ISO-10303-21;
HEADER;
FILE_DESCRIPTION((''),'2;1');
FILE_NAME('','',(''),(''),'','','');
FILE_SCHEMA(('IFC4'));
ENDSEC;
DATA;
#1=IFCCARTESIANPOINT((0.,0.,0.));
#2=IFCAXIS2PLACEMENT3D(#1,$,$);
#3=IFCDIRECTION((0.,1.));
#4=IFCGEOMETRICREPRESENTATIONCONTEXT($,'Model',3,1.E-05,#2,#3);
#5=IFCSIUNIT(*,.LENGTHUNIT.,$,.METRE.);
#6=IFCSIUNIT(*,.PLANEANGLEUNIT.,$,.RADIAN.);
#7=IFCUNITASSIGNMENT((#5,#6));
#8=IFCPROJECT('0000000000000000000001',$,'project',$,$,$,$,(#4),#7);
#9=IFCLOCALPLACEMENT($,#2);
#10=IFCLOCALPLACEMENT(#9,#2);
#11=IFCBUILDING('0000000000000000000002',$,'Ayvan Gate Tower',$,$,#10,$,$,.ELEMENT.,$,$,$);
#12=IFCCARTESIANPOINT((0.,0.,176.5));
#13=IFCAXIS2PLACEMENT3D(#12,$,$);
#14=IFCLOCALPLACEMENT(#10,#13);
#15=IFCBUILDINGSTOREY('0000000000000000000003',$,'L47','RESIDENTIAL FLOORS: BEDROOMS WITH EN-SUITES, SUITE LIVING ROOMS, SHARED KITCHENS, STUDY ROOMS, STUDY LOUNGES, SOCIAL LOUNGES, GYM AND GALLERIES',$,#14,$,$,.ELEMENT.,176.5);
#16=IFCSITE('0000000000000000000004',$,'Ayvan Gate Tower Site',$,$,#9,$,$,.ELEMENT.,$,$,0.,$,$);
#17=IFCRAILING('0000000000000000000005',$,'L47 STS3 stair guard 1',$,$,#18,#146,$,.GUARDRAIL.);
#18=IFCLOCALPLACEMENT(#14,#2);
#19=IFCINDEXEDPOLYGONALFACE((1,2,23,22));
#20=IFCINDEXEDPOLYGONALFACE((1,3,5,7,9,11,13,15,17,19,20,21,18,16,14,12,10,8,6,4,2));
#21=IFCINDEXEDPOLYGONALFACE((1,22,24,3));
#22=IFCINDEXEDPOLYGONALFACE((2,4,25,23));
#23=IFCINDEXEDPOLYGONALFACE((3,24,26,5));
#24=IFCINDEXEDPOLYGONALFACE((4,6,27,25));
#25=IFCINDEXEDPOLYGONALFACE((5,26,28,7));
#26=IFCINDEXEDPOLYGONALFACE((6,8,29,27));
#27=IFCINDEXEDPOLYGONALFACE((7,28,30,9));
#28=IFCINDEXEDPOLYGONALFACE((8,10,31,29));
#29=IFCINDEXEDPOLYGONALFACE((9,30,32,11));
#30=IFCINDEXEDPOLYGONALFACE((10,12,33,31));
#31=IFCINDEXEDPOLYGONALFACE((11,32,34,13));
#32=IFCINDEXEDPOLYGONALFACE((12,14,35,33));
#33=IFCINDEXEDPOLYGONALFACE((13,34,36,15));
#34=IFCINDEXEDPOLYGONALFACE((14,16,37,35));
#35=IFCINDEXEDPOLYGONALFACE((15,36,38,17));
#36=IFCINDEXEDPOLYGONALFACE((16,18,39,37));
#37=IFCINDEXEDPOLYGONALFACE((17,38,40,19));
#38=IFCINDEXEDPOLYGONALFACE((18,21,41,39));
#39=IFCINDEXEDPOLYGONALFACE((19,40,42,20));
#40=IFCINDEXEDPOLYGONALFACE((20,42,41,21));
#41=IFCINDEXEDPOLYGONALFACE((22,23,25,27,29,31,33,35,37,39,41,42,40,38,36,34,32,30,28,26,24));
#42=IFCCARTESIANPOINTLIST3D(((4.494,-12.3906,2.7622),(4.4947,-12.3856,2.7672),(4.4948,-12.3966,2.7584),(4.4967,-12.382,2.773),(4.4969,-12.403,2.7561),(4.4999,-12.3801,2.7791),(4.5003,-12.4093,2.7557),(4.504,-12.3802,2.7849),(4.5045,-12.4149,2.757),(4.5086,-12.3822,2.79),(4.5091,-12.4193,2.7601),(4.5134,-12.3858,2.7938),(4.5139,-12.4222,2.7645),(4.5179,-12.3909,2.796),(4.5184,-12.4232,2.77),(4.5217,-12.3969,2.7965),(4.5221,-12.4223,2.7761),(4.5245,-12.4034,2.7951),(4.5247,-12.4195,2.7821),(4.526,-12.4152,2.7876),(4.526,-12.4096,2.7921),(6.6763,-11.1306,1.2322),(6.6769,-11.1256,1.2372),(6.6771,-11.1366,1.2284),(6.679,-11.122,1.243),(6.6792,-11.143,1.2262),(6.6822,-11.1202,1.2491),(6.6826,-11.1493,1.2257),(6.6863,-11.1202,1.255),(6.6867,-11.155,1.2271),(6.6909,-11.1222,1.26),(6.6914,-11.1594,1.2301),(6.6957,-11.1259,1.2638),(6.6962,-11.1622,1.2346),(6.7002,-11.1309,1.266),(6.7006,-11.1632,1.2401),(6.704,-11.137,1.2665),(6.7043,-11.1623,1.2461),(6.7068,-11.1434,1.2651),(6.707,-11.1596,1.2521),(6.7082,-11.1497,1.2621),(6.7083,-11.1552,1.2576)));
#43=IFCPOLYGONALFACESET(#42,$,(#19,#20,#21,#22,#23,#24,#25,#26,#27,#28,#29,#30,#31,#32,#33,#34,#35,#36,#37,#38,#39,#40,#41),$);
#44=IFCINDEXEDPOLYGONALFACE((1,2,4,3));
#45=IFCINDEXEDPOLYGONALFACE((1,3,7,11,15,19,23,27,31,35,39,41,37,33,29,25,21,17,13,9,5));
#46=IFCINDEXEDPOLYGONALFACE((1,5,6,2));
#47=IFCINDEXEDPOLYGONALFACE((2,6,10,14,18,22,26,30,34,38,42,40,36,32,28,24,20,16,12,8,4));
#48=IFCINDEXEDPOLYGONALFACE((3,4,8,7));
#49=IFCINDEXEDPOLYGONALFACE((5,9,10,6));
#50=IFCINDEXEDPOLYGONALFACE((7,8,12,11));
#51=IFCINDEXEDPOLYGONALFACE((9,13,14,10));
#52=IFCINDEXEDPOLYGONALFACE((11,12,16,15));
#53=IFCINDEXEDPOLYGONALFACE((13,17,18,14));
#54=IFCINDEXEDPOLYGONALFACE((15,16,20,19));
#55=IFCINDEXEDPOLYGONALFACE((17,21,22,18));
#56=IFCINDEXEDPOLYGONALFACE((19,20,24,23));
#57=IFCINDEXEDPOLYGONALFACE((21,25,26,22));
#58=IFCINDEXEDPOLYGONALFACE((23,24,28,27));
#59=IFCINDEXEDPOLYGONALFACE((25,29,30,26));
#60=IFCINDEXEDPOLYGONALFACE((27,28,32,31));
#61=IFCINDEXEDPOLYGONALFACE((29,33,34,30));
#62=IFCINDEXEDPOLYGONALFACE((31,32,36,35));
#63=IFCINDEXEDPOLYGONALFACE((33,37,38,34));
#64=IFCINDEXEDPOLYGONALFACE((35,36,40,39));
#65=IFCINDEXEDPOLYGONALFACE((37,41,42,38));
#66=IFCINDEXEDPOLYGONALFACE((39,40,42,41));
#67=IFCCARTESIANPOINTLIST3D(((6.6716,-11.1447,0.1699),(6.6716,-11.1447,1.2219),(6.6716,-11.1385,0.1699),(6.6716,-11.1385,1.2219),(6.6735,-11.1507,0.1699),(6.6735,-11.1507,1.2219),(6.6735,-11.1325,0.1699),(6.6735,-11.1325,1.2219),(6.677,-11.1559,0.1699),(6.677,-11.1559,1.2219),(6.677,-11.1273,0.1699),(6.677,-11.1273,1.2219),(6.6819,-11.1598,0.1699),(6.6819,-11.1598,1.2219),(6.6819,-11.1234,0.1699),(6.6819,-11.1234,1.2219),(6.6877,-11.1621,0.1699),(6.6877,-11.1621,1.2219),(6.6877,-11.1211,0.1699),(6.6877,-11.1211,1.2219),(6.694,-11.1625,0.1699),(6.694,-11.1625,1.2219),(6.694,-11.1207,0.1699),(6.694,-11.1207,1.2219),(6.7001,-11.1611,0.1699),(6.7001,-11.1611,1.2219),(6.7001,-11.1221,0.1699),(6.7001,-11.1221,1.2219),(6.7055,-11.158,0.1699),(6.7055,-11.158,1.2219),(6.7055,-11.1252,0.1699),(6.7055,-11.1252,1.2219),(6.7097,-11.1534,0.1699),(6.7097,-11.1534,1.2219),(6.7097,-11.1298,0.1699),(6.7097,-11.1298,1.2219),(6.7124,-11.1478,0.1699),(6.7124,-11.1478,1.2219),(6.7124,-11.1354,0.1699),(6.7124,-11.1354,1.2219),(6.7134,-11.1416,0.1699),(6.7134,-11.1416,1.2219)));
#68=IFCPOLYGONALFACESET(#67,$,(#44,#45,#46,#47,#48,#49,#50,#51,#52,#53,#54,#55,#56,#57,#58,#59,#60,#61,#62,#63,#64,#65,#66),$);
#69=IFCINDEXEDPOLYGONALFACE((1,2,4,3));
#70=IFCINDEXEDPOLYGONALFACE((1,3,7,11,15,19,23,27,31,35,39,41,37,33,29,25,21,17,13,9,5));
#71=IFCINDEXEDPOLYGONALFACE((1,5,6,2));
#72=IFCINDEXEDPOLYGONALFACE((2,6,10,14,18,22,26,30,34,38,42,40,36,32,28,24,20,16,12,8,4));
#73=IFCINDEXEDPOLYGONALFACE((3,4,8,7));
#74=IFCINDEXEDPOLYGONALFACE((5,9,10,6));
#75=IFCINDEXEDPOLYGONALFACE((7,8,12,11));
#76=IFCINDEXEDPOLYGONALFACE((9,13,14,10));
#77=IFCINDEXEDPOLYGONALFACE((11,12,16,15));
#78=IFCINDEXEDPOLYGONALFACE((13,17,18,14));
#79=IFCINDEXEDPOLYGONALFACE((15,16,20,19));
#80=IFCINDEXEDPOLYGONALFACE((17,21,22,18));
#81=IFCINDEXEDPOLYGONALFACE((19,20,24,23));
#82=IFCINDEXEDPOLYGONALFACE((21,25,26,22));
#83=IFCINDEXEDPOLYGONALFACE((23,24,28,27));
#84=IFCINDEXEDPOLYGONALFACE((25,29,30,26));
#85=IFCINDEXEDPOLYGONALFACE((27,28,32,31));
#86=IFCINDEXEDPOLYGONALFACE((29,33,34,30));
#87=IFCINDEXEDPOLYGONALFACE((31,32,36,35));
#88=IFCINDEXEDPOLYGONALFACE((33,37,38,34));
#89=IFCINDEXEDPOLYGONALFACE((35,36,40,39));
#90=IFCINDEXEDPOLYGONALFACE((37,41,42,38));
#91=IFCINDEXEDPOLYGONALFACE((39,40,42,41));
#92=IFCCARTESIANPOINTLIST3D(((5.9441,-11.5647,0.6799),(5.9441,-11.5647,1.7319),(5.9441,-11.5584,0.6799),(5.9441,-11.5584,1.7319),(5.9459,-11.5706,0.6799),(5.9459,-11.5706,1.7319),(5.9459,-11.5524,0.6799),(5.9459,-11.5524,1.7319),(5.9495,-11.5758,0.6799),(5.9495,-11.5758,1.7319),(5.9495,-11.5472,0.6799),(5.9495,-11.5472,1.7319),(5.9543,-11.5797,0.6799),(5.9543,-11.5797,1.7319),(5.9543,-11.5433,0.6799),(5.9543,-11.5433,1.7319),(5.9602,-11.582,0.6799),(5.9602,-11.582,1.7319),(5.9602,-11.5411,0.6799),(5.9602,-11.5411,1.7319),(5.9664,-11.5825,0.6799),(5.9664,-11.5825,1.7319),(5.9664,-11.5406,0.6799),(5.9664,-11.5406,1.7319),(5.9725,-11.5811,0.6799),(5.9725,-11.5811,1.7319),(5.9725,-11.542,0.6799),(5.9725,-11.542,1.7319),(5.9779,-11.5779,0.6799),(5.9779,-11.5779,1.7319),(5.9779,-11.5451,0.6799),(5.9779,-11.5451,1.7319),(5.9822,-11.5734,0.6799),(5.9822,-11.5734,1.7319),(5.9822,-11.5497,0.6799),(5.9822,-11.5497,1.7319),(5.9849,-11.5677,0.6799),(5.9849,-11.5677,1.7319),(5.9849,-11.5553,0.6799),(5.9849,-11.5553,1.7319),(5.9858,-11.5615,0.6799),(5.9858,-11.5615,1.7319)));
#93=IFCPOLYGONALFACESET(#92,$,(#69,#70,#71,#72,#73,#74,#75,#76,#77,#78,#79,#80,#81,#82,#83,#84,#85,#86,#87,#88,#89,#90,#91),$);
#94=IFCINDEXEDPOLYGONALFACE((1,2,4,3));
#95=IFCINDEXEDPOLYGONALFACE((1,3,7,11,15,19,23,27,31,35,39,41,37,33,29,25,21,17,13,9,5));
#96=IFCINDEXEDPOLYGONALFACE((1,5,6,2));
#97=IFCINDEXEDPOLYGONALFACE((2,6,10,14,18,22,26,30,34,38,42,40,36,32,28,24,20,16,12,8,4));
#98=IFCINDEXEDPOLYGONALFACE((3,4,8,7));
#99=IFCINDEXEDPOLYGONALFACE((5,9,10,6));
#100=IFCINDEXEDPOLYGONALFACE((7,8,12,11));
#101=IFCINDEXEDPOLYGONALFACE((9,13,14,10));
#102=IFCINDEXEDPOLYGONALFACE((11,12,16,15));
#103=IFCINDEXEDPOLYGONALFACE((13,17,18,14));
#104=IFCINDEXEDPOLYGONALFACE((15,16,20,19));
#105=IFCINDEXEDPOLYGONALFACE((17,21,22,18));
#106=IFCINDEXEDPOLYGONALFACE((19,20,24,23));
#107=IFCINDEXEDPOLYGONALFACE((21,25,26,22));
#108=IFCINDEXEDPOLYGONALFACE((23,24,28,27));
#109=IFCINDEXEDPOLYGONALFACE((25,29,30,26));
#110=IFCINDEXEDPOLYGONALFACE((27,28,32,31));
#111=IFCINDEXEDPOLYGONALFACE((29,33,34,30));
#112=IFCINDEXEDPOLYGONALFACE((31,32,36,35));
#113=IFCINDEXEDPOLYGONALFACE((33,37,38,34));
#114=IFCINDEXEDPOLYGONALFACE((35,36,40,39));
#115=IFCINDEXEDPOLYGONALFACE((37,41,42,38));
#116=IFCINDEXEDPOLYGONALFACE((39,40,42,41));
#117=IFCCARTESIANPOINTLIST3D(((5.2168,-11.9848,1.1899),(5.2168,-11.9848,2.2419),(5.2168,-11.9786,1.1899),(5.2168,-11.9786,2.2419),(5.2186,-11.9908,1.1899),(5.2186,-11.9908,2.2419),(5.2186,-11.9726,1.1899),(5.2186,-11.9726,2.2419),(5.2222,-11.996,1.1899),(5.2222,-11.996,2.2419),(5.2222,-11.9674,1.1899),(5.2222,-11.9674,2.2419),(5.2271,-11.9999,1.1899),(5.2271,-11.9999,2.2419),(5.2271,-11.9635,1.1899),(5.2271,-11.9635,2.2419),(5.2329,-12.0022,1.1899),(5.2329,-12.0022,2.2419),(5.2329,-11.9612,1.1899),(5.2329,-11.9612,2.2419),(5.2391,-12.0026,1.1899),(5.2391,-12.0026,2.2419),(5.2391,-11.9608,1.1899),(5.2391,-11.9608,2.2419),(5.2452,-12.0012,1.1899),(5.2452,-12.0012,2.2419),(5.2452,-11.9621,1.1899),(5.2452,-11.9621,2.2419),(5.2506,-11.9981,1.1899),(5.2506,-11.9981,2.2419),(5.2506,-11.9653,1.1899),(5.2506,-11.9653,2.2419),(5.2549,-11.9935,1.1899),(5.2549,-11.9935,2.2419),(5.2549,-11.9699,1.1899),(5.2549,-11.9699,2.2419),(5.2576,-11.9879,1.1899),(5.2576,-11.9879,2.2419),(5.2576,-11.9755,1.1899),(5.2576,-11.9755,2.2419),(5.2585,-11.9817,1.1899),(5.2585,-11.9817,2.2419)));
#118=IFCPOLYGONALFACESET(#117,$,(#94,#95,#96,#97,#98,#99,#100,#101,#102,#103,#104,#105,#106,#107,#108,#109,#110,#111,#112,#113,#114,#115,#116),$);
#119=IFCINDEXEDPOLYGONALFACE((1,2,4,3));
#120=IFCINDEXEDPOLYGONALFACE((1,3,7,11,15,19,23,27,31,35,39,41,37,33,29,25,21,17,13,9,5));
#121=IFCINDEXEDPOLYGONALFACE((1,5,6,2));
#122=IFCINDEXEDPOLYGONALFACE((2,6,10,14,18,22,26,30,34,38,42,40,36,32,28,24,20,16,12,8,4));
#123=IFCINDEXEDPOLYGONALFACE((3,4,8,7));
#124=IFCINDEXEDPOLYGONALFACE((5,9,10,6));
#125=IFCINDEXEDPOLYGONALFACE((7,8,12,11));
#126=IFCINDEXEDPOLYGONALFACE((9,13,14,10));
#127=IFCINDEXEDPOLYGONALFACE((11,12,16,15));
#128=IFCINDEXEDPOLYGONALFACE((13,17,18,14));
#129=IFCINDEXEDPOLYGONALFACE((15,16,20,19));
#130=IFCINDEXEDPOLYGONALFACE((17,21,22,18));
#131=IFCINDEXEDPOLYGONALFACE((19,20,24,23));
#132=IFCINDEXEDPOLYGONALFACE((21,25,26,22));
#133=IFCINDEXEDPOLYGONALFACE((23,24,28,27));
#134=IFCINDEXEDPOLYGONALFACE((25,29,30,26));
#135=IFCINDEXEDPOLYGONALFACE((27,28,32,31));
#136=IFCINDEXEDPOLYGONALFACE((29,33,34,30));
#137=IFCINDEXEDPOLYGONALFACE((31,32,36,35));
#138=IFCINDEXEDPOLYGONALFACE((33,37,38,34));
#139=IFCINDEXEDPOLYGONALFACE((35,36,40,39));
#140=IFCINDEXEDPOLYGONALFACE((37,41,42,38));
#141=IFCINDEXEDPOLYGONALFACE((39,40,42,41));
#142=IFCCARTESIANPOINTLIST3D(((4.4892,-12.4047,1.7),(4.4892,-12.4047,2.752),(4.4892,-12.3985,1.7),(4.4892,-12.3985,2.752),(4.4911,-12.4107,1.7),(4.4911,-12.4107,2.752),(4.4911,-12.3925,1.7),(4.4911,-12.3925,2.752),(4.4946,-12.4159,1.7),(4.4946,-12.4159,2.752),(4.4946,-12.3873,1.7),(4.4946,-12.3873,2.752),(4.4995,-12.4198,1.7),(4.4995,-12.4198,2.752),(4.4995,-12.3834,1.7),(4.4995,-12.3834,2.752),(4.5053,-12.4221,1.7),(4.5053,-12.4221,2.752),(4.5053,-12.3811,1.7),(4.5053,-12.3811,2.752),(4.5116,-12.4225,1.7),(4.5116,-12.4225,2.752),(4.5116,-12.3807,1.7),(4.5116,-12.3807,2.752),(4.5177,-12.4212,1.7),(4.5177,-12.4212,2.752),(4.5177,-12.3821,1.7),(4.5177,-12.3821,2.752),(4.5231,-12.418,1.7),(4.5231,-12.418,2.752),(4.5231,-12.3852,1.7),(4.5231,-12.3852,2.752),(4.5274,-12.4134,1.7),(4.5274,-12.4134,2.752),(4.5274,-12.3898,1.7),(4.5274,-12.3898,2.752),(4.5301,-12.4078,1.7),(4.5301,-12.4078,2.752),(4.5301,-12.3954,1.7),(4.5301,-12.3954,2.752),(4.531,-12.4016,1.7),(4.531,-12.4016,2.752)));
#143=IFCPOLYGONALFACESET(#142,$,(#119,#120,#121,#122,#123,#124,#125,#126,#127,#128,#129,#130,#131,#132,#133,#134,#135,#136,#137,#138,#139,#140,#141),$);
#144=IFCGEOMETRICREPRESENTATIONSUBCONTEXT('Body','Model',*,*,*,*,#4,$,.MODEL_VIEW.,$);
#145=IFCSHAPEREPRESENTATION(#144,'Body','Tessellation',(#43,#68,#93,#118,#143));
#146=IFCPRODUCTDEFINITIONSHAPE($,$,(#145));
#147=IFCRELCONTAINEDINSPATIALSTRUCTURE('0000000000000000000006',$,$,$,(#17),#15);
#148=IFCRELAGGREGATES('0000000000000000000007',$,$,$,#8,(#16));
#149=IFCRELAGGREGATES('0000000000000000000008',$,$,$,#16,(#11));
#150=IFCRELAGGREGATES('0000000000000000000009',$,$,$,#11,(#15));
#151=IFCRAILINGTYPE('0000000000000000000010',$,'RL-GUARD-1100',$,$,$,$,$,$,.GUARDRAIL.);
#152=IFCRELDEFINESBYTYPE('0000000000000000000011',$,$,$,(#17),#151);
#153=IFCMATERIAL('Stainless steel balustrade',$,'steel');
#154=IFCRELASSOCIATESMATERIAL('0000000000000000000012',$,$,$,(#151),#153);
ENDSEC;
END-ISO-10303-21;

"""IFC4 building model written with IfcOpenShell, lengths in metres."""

from ifc_helpers import new_model, si_unit, direction, frame, origin, origin_2d, place, context, subcontext, project, spatial, circle, extrude, material, type_object, element, save


model = new_model("IFC4")

# Units and contexts
model_context = context("Model", 3, precision=1e-05, world=origin(), true_north=direction((0.0, 1.0)))
body_context = subcontext(model_context, "Body", "Model", "MODEL_VIEW")
ifc_project = project(units=[si_unit("LENGTHUNIT", "METRE"), si_unit("PLANEANGLEUNIT", "RADIAN")], contexts=[model_context])

# Site, building, storey
site_placement = place(None, origin())
site = spatial("IfcSite", under=ifc_project, at=site_placement, Name="Ayvan Gate Tower Site", CompositionType="ELEMENT", RefElevation=0.0)
building_placement = place(site_placement, origin())
building = spatial("IfcBuilding", under=site, at=building_placement, Name="Ayvan Gate Tower", CompositionType="ELEMENT")
storey_placement = place(building_placement, frame((0.0, 0.0, 176.5)))
storey = spatial("IfcBuildingStorey", under=building, at=storey_placement, Name="L47", Description="RESIDENTIAL FLOORS: BEDROOMS WITH EN-SUITES, SUITE LIVING ROOMS, SHARED KITCHENS, STUDY ROOMS, STUDY LOUNGES, SOCIAL LOUNGES, GYM AND GALLERIES", CompositionType="ELEMENT", Elevation=176.5)

# Railing
ifc_material_1 = material(Name="Stainless steel balustrade", Category="steel")
railing_type_1 = type_object("IfcRailingType", Name="RL-GUARD-1100", PredefinedType="GUARDRAIL", material=ifc_material_1)
railing_1_placement = place(storey_placement, frame((6.6924, -11.1416, 0.1699)))
element("IfcRailing", 1, at=railing_1_placement, inside=storey, type_object=railing_type_1, Name="L47 STS3 stair guard 1", PredefinedType="GUARDRAIL", context=body_context, shape_type="SweptSolid", body=[
    extrude(circle(Radius=0.0239, at=origin_2d()), frame((0.0, 0.0, 1.0762), z_axis=(-0.740261, -0.427395, 0.518986), x_axis=(0.500005, -0.866023, 0.0)), (0.0, 0.0, 1.0), 2.948),
    extrude(circle(Radius=0.021, at=origin_2d()), origin(), (0.0, 0.0, 1.0), 1.052),
    extrude(circle(Radius=0.021, at=origin_2d()), frame((-0.7275, -0.4199, 0.51)), (0.0, 0.0, 1.0), 1.052),
    extrude(circle(Radius=0.021, at=origin_2d()), frame((-1.4548, -0.8401, 1.02)), (0.0, 0.0, 1.0), 1.052),
    extrude(circle(Radius=0.021, at=origin_2d()), frame((-2.1824, -1.26, 1.53)), (0.0, 0.0, 1.0), 1.052),
])

save(model, "model.ifc")
